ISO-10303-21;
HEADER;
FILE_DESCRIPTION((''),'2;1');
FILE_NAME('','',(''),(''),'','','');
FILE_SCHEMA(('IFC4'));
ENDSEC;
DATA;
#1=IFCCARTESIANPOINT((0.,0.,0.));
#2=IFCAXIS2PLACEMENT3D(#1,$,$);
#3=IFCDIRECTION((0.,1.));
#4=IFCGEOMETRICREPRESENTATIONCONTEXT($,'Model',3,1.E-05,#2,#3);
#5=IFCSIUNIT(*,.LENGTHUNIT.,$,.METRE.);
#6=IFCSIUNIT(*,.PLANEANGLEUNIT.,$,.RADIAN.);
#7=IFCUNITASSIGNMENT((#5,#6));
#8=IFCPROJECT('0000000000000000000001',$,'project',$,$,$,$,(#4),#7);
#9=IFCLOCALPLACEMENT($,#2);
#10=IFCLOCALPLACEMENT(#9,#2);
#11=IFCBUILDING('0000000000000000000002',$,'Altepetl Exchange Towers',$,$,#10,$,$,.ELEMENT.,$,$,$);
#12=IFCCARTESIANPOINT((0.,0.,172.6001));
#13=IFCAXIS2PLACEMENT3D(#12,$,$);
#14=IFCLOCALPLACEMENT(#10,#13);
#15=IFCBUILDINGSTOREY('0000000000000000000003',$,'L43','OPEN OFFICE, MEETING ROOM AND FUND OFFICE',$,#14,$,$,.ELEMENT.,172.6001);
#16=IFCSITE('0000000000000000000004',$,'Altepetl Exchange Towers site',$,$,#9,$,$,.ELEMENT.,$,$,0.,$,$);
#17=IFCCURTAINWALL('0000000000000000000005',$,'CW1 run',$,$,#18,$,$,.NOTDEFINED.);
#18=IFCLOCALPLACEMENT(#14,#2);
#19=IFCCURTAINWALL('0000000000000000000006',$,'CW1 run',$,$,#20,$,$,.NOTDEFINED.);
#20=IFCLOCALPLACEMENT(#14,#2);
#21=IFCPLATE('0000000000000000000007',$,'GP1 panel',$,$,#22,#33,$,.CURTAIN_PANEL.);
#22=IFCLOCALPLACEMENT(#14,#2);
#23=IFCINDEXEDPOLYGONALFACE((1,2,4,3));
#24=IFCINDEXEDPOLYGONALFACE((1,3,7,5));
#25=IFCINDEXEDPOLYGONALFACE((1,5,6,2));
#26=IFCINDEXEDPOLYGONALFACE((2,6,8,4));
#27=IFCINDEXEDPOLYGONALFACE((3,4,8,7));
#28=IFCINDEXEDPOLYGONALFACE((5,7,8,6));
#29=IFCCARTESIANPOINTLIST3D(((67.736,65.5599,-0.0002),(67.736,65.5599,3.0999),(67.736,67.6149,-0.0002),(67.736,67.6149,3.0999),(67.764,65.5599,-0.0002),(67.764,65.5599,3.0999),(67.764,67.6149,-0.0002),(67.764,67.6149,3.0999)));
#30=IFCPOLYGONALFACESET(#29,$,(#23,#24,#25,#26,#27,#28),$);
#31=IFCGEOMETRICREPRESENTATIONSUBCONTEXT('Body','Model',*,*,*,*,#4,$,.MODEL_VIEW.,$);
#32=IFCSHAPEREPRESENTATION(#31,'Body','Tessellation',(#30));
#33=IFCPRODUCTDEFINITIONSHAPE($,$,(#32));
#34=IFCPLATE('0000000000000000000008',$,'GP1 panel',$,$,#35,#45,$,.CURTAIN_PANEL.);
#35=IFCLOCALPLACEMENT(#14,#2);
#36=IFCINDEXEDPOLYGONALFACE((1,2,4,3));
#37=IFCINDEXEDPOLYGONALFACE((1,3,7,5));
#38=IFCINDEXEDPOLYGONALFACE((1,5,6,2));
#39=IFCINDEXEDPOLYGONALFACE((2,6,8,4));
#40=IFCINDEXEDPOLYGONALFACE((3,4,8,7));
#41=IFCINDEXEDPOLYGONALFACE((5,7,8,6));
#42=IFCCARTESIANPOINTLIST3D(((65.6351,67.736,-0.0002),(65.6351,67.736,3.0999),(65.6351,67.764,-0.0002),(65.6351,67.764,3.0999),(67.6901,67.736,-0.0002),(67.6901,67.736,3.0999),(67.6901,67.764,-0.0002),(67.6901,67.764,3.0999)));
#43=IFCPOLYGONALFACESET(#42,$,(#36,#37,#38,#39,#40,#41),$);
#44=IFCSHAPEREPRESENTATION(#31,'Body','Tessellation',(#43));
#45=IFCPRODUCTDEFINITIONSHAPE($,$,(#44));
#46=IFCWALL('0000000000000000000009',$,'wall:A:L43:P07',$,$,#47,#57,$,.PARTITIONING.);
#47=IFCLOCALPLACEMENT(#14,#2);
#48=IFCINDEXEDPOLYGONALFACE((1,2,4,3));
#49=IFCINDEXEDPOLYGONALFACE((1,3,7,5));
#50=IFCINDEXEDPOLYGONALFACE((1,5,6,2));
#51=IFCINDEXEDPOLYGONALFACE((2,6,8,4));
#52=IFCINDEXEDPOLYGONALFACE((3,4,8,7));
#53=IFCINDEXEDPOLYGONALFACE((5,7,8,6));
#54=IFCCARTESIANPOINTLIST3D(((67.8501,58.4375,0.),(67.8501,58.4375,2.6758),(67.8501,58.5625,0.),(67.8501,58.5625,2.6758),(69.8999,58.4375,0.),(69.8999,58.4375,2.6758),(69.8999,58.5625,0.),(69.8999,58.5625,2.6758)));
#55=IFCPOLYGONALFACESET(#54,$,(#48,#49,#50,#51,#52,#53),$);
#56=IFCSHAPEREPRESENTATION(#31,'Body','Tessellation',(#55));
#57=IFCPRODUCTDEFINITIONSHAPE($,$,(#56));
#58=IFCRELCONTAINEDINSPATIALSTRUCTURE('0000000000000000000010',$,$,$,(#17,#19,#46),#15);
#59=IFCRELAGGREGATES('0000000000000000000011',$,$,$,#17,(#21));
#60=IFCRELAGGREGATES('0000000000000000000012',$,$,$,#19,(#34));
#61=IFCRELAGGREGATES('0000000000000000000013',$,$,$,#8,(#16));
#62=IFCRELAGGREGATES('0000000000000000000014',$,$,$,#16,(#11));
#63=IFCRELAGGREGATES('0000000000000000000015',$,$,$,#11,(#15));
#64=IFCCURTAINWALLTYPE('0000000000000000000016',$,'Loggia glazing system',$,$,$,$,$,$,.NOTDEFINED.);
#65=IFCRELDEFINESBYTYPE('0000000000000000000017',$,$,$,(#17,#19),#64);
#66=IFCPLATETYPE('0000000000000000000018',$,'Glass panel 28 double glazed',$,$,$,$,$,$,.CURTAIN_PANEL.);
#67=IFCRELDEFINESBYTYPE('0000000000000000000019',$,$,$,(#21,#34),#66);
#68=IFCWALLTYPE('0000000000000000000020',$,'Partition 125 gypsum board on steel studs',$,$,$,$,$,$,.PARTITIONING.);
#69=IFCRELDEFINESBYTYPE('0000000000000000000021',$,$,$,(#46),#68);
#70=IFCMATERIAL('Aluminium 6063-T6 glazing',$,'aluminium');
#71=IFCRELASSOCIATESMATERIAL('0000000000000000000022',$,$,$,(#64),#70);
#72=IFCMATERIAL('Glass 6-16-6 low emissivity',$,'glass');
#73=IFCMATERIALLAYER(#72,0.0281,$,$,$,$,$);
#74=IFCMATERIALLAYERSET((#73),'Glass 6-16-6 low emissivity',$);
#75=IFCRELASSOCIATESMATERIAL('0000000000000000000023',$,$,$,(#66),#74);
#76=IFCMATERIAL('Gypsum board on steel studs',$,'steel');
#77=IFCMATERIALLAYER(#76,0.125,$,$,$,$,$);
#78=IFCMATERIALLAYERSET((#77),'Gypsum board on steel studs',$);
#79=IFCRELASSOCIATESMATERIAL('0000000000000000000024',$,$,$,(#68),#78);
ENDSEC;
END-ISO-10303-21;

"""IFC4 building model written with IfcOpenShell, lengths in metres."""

from ifc_helpers import new_model, si_unit, direction, frame, frame_2d, origin, origin_2d, place, context, subcontext, project, spatial, rectangle, extrude, material, layer, layer_set, type_object, element, aggregate, save


model = new_model("IFC4")

# Units and contexts
model_context = context("Model", 3, precision=1e-05, world=origin(), true_north=direction((0.0, 1.0)))
body_context = subcontext(model_context, "Body", "Model", "MODEL_VIEW")
ifc_project = project(units=[si_unit("LENGTHUNIT", "METRE"), si_unit("PLANEANGLEUNIT", "RADIAN")], contexts=[model_context])

# Site, building, storey
site_placement = place(None, origin())
site = spatial("IfcSite", under=ifc_project, at=site_placement, Name="Altepetl Exchange Towers site", CompositionType="ELEMENT", RefElevation=0.0)
building_placement = place(site_placement, origin())
building = spatial("IfcBuilding", under=site, at=building_placement, Name="Altepetl Exchange Towers", CompositionType="ELEMENT")
storey_placement = place(building_placement, frame((0.0, 0.0, 172.6001)))
storey = spatial("IfcBuildingStorey", under=building, at=storey_placement, Name="L43", Description="OPEN OFFICE, MEETING ROOM AND FUND OFFICE", CompositionType="ELEMENT", Elevation=172.6001)

# Curtain wall
ifc_material_1 = material(Name="Aluminium 6063-T6 glazing", Category="aluminium")
curtain_wall_type = type_object("IfcCurtainWallType", Name="Loggia glazing system", PredefinedType="NOTDEFINED", material=ifc_material_1)
curtain_wall_1_placement = place(storey_placement, origin())
curtain_wall_1 = element("IfcCurtainWall", 1, at=curtain_wall_1_placement, inside=storey, type_object=curtain_wall_type, Name="CW1 run", PredefinedType="NOTDEFINED")

# Curtain wall
curtain_wall_2_placement = place(storey_placement, origin())
curtain_wall_2 = element("IfcCurtainWall", 2, at=curtain_wall_2_placement, inside=storey, type_object=curtain_wall_type, Name="CW1 run", PredefinedType="NOTDEFINED")

# Plates
ifc_material_2 = material(Name="Glass 6-16-6 low emissivity", Category="glass")
ifc_layer_1 = layer(ifc_material_2, 0.0281)
ifc_layer_set_1 = layer_set([ifc_layer_1], Name="Glass 6-16-6 low emissivity")
plate_type = type_object("IfcPlateType", Name="Glass panel 28 double glazed", PredefinedType="CURTAIN_PANEL", material=ifc_layer_set_1)
plate_1_placement = place(storey_placement, frame((67.75, 66.5874, -0.0002), z_axis=(0.0, 0.0, 1.0), x_axis=(0.0, 1.0, 0.0)))
plate_1 = element("IfcPlate", 3, at=plate_1_placement, type_object=plate_type, Name="GP1 panel", PredefinedType="CURTAIN_PANEL", context=body_context, shape_type="SweptSolid", body=[
    extrude(rectangle(XDim=2.0549, YDim=0.0281, at=origin_2d()), origin(), (0.0, 0.0, 1.0), 3.1001),
])
aggregate(curtain_wall_1, [plate_1])
plate_2_placement = place(storey_placement, frame((66.6626, 67.75, -0.0002), z_axis=(0.0, 0.0, 1.0), x_axis=(-1.0, 0.0, 0.0)))
plate_2 = element("IfcPlate", 4, at=plate_2_placement, type_object=plate_type, Name="GP1 panel", PredefinedType="CURTAIN_PANEL", context=body_context, shape_type="SweptSolid", body=[
    extrude(rectangle(XDim=2.0549, YDim=0.0281, at=origin_2d()), origin(), (0.0, 0.0, 1.0), 3.1001),
])
aggregate(curtain_wall_2, [plate_2])

# Wall
ifc_material_3 = material(Name="Gypsum board on steel studs", Category="steel")
ifc_layer_2 = layer(ifc_material_3, 0.125)
ifc_layer_set_2 = layer_set([ifc_layer_2], Name="Gypsum board on steel studs")
wall_type = type_object("IfcWallType", Name="Partition 125 gypsum board on steel studs", PredefinedType="PARTITIONING", material=ifc_layer_set_2)
wall_placement = place(storey_placement, frame((67.8501, 58.5, 0.0)))
element("IfcWall", 5, at=wall_placement, inside=storey, type_object=wall_type, Name="wall:A:L43:P07", PredefinedType="PARTITIONING", context=body_context, shape_type="SweptSolid", body=[
    extrude(rectangle(XDim=2.0498, YDim=0.125, at=frame_2d((1.0249, 0.0))), origin(), (0.0, 0.0, 1.0), 2.6758),
])

save(model, "model.ifc")
